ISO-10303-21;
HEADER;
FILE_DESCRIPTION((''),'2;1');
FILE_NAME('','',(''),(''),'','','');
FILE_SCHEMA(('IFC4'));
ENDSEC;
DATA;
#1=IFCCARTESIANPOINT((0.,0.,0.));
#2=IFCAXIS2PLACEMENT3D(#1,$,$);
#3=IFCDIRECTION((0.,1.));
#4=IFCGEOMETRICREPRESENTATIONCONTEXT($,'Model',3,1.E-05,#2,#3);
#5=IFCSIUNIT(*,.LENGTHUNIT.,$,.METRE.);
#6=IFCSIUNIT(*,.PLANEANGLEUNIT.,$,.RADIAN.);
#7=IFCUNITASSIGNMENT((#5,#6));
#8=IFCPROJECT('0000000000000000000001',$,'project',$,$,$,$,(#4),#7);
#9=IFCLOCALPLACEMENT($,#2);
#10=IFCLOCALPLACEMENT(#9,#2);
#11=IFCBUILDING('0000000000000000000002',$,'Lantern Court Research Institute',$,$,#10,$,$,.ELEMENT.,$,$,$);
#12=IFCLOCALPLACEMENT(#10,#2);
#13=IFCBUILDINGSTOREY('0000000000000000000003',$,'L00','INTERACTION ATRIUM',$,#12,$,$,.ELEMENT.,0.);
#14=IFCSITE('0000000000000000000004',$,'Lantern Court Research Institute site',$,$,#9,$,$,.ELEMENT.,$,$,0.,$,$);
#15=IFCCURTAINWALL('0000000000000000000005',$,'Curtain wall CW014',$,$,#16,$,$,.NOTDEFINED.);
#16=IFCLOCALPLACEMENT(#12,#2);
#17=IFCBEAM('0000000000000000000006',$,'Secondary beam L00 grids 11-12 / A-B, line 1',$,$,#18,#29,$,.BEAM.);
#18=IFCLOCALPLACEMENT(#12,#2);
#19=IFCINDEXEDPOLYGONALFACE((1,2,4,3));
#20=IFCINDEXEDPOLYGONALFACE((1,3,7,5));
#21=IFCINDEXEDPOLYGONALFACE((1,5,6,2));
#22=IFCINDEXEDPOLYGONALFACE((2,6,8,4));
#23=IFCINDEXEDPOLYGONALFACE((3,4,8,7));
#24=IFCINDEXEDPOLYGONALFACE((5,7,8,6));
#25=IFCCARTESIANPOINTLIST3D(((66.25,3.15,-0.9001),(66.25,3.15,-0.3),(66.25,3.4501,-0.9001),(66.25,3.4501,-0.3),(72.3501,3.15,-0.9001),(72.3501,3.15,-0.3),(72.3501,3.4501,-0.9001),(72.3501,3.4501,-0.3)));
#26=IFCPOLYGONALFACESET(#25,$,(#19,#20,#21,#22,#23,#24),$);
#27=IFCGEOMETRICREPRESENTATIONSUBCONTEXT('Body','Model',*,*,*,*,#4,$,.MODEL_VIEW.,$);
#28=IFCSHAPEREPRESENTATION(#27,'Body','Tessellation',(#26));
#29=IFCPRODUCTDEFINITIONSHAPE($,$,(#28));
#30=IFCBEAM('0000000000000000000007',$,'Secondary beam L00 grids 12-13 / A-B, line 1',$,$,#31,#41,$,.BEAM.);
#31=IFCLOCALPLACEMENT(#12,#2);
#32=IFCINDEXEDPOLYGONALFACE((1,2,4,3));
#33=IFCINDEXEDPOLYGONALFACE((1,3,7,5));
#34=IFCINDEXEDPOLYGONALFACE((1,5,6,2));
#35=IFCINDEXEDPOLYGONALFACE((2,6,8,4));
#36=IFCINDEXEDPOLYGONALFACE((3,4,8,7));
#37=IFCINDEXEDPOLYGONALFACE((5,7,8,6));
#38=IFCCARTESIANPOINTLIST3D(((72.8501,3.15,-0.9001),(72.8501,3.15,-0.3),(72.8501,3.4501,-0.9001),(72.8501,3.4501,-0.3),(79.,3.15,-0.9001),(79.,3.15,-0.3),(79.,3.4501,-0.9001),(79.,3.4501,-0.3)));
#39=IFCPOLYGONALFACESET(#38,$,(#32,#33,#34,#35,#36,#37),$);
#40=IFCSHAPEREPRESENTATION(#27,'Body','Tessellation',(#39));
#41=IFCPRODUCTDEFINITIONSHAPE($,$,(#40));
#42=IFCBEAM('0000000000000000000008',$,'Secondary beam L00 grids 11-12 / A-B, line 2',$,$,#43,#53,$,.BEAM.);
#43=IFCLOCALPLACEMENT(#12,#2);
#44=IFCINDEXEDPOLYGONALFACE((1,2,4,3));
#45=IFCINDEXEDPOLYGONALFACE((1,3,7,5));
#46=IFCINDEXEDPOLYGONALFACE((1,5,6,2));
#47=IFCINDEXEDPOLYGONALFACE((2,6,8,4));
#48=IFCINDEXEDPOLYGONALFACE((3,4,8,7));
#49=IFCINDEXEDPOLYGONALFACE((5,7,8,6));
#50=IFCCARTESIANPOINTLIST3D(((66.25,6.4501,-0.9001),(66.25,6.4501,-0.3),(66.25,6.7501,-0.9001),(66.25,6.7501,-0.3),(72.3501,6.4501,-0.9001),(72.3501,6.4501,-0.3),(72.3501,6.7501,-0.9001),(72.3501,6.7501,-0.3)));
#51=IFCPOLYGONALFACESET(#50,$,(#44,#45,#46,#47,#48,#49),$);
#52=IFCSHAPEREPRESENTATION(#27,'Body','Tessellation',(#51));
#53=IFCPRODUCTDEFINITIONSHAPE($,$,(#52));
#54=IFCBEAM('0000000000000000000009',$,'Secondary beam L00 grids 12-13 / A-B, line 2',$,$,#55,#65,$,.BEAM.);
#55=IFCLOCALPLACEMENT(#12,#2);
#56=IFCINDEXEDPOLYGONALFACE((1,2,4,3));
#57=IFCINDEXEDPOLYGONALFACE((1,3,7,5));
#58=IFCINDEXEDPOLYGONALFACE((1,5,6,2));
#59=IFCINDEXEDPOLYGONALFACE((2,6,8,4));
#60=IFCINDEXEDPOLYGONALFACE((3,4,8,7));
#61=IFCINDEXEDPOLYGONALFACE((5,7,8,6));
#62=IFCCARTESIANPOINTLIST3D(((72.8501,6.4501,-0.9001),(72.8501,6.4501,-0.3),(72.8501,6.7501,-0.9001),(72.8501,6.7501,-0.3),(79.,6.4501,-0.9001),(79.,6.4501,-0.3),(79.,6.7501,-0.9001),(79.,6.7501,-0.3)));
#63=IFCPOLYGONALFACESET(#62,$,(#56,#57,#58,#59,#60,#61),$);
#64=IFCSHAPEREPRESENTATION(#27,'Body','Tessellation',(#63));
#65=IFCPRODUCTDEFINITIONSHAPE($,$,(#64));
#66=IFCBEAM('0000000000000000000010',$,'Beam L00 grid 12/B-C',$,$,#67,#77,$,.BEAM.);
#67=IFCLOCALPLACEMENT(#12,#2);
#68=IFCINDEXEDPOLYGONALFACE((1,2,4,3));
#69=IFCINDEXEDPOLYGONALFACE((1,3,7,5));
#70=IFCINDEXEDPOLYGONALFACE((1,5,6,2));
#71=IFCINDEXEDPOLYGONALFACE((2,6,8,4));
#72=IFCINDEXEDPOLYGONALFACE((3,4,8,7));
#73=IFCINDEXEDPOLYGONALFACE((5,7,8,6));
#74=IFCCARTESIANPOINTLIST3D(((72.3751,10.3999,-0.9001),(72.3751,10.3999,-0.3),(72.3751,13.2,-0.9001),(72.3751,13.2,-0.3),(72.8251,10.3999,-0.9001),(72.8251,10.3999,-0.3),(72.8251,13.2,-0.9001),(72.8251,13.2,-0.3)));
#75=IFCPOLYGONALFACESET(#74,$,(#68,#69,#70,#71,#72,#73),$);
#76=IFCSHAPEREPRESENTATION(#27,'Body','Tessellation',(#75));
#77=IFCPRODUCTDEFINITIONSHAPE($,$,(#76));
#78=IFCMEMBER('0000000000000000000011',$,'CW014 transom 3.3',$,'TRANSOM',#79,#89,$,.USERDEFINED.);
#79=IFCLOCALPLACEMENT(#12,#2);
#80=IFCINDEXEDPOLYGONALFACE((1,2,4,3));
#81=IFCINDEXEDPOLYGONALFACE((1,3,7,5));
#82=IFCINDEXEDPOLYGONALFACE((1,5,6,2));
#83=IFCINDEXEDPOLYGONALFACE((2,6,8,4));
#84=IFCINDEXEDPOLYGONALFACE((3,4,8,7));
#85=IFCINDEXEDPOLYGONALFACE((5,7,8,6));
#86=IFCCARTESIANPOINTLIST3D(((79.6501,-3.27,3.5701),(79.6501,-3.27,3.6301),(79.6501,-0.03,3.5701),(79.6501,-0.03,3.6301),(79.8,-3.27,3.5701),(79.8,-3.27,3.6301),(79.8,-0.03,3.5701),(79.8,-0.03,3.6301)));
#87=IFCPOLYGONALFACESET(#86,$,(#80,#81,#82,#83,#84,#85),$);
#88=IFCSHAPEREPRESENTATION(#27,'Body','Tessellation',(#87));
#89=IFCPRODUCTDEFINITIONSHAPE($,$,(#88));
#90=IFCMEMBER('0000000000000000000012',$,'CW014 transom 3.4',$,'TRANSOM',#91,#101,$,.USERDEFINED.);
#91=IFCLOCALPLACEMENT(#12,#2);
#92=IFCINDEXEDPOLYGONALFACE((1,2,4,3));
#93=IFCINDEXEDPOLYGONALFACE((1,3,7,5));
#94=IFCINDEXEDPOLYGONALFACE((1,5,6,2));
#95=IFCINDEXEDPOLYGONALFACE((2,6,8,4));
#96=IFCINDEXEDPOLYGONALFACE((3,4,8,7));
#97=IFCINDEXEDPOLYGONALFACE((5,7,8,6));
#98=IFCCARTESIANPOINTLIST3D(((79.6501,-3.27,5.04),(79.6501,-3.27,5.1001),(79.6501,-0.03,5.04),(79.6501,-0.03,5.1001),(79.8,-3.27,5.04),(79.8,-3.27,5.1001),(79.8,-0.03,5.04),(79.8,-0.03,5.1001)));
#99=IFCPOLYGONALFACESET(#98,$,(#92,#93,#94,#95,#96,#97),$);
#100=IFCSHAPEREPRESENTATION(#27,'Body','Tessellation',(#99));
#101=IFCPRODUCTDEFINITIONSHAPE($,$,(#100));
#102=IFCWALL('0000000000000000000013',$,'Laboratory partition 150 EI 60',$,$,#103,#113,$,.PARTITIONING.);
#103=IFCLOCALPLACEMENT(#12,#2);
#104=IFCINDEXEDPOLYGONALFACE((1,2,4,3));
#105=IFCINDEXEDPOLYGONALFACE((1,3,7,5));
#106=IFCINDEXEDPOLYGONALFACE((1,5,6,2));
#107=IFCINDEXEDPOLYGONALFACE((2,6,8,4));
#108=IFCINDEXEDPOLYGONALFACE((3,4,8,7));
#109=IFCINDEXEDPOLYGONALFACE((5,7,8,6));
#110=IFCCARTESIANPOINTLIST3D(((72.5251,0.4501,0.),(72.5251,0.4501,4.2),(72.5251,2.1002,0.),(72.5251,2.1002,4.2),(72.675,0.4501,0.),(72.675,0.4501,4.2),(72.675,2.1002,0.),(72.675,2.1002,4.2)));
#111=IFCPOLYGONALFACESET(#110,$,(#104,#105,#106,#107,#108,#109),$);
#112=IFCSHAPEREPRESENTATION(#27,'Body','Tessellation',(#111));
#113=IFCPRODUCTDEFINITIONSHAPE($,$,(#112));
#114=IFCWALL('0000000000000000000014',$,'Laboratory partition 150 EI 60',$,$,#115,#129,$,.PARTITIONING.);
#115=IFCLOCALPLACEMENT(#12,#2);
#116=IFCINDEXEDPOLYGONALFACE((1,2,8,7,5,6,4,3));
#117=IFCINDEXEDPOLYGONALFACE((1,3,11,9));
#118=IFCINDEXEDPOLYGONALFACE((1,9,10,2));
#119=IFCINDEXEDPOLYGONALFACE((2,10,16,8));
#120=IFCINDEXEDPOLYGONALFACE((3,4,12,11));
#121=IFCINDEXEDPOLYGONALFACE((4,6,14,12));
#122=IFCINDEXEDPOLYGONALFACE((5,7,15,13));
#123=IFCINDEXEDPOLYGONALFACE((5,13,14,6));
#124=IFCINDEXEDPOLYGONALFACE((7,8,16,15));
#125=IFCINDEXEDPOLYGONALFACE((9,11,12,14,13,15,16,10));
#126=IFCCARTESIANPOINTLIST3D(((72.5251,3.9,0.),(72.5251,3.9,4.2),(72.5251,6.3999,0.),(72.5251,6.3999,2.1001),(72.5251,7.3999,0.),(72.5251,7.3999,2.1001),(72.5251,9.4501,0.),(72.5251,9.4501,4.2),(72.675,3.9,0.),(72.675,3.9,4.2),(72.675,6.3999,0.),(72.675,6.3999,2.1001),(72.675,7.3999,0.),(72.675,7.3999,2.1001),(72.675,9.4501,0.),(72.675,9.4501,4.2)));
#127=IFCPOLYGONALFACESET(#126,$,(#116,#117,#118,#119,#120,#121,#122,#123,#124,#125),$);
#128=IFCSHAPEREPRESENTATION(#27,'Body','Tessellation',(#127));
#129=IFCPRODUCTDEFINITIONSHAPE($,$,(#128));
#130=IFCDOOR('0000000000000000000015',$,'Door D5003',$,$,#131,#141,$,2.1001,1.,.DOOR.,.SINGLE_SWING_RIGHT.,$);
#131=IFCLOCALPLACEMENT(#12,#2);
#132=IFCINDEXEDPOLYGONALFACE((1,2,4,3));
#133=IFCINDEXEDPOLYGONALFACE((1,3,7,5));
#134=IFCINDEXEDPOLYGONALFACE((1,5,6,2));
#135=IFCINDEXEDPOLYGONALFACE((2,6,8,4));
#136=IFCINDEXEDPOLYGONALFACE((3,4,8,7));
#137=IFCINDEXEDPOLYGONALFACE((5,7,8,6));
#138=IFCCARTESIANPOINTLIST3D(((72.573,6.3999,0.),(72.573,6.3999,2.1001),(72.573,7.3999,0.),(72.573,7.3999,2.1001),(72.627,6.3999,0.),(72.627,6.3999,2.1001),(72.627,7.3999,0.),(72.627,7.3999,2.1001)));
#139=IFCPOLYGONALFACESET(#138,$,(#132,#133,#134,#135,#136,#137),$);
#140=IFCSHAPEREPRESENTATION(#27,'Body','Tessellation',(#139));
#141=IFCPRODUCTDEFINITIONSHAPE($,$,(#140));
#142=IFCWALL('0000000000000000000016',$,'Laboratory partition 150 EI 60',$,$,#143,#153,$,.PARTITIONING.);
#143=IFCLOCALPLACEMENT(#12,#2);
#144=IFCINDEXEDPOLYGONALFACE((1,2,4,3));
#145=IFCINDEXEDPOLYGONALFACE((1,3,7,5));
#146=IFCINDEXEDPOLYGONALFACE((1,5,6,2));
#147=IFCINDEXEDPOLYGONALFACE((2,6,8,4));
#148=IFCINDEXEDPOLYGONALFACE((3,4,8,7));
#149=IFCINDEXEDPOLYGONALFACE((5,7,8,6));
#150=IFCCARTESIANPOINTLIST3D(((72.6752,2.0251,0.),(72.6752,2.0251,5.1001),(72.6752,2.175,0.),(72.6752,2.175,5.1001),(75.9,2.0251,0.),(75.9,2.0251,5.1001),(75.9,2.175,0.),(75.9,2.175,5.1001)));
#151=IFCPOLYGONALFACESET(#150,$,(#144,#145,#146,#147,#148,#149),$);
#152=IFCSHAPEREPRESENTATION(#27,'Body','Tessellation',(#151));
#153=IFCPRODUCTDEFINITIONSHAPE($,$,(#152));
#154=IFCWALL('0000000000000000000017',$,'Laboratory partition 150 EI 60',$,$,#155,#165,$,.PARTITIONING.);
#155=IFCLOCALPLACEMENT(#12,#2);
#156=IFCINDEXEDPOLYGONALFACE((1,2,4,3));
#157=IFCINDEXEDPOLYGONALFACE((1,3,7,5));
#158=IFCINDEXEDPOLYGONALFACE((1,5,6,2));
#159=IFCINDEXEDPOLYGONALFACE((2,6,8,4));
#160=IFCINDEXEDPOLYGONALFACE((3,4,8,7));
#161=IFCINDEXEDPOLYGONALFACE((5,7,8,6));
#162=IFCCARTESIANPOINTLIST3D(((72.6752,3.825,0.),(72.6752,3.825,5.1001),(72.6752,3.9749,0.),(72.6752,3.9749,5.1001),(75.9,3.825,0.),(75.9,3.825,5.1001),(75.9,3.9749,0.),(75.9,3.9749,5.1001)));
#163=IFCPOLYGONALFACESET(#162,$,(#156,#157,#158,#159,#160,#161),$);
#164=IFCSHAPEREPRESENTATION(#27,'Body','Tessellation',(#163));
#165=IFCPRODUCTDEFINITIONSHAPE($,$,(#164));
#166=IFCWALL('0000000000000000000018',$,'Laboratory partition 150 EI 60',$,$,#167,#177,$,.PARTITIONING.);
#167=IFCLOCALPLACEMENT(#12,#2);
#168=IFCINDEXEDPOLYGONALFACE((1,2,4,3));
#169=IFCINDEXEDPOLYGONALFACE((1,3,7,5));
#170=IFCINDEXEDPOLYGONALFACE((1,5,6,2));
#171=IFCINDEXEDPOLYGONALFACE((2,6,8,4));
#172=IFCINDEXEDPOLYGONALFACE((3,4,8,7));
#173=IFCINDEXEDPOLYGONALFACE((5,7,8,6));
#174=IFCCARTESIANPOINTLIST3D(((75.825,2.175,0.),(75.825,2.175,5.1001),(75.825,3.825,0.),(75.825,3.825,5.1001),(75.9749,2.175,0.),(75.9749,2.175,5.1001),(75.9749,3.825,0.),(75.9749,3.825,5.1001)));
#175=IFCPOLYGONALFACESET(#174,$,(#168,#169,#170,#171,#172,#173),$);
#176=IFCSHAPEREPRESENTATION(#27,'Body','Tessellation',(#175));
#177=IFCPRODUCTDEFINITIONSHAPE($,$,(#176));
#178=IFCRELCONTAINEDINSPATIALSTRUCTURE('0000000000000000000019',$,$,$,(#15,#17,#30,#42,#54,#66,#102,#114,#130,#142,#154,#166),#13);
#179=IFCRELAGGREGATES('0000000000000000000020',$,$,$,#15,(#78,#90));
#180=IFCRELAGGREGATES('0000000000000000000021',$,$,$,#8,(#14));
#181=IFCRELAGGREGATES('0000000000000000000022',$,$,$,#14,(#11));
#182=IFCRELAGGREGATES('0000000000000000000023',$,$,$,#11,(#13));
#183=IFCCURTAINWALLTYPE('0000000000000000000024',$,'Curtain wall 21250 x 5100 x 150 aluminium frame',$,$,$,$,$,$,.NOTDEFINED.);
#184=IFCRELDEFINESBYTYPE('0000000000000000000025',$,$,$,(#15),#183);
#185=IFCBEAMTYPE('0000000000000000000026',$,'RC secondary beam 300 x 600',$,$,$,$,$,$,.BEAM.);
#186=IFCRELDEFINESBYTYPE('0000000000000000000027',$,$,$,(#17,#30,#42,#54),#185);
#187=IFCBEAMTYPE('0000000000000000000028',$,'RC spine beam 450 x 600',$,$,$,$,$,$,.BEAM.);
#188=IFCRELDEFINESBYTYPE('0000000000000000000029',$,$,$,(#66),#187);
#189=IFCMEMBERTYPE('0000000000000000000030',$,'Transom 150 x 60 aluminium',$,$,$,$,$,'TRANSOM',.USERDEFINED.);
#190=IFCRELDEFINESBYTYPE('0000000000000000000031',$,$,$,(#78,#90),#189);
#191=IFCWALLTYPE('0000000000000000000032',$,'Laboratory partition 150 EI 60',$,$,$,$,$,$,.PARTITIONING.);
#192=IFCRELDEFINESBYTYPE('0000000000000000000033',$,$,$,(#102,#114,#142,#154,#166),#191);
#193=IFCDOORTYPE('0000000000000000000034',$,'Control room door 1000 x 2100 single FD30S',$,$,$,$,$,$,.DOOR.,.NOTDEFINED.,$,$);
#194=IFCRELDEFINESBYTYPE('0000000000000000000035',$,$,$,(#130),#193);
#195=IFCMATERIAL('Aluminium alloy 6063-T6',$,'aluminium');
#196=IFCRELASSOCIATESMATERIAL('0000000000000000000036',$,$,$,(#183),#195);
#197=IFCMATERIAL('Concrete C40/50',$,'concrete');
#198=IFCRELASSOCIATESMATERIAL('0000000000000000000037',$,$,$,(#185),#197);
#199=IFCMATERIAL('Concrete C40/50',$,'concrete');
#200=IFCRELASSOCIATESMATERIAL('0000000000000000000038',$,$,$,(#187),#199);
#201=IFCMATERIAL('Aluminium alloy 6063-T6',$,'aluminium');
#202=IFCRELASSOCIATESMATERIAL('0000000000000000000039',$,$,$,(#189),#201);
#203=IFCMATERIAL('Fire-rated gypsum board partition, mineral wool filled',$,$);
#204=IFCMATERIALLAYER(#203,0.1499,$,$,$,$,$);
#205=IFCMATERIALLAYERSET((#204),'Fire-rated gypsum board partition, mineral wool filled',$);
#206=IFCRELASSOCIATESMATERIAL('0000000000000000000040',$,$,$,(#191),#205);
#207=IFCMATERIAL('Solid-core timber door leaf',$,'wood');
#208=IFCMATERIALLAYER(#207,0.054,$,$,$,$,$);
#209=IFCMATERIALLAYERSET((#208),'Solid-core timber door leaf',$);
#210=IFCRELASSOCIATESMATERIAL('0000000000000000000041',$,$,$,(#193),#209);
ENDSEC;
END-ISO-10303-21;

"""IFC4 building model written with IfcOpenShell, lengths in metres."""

from ifc_helpers import new_model, si_unit, direction, frame, frame_2d, origin, origin_2d, place, context, subcontext, project, spatial, rectangle, extrude, material, layer, layer_set, material_profile, profile_set, type_object, element, fill, aggregate, save


model = new_model("IFC4")

# Units and contexts
model_context = context("Model", 3, precision=1e-05, world=origin(), true_north=direction((0.0, 1.0)))
body_context = subcontext(model_context, "Body", "Model", "MODEL_VIEW")
ifc_project = project(units=[si_unit("LENGTHUNIT", "METRE"), si_unit("PLANEANGLEUNIT", "RADIAN")], contexts=[model_context])

# Site, building, storey
site_placement = place(None, origin())
site = spatial("IfcSite", under=ifc_project, at=site_placement, Name="Lantern Court Research Institute site", CompositionType="ELEMENT", RefElevation=0.0)
building_placement = place(site_placement, origin())
building = spatial("IfcBuilding", under=site, at=building_placement, Name="Lantern Court Research Institute", CompositionType="ELEMENT")
storey_placement = place(building_placement, origin())
storey = spatial("IfcBuildingStorey", under=building, at=storey_placement, Name="L00", Description="INTERACTION ATRIUM", CompositionType="ELEMENT", Elevation=0.0)

# Curtain wall
ifc_material_1 = material(Name="Aluminium alloy 6063-T6", Category="aluminium")
curtain_wall_type = type_object("IfcCurtainWallType", Name="Curtain wall 21250 x 5100 x 150 aluminium frame", PredefinedType="NOTDEFINED", material=ifc_material_1)
curtain_wall_placement = place(storey_placement, origin())
curtain_wall = element("IfcCurtainWall", 1, at=curtain_wall_placement, inside=storey, type_object=curtain_wall_type, Name="Curtain wall CW014", PredefinedType="NOTDEFINED")

# Beams
ifc_material_2 = material(Name="Concrete C40/50", Category="concrete")
ifc_material_profile_1 = material_profile(ifc_material_2, rectangle(XDim=0.3, YDim=0.6001, at=origin_2d()), Name="RC beam 300 x 600")
ifc_profile_set_1 = profile_set([ifc_material_profile_1], Name="Concrete C40/50")
beam_type_1 = type_object("IfcBeamType", Name="RC secondary beam 300 x 600", PredefinedType="BEAM", material=ifc_profile_set_1)
beam_1_placement = place(storey_placement, frame((66.25, 3.3, -0.6001), z_axis=(1.0, 0.0, 0.0), x_axis=(0.0, 1.0, 0.0)))
element("IfcBeam", 2, at=beam_1_placement, inside=storey, type_object=beam_type_1, Name="Secondary beam L00 grids 11-12 / A-B, line 1", PredefinedType="BEAM", context=body_context, shape_type="SweptSolid", body=[
    extrude(rectangle(XDim=0.3, YDim=0.6001, at=origin_2d()), origin(), (0.0, 0.0, 1.0), 6.1001),
])
beam_2_placement = place(storey_placement, frame((72.8501, 3.3, -0.6001), z_axis=(1.0, 0.0, 0.0), x_axis=(0.0, 1.0, 0.0)))
element("IfcBeam", 3, at=beam_2_placement, inside=storey, type_object=beam_type_1, Name="Secondary beam L00 grids 12-13 / A-B, line 1", PredefinedType="BEAM", context=body_context, shape_type="SweptSolid", body=[
    extrude(rectangle(XDim=0.3, YDim=0.6001, at=origin_2d()), origin(), (0.0, 0.0, 1.0), 6.1499),
])
beam_3_placement = place(storey_placement, frame((66.25, 6.6001, -0.6001), z_axis=(1.0, 0.0, 0.0), x_axis=(0.0, 1.0, 0.0)))
element("IfcBeam", 4, at=beam_3_placement, inside=storey, type_object=beam_type_1, Name="Secondary beam L00 grids 11-12 / A-B, line 2", PredefinedType="BEAM", context=body_context, shape_type="SweptSolid", body=[
    extrude(rectangle(XDim=0.3, YDim=0.6001, at=origin_2d()), origin(), (0.0, 0.0, 1.0), 6.1001),
])
beam_4_placement = place(storey_placement, frame((72.8501, 6.6001, -0.6001), z_axis=(1.0, 0.0, 0.0), x_axis=(0.0, 1.0, 0.0)))
element("IfcBeam", 5, at=beam_4_placement, inside=storey, type_object=beam_type_1, Name="Secondary beam L00 grids 12-13 / A-B, line 2", PredefinedType="BEAM", context=body_context, shape_type="SweptSolid", body=[
    extrude(rectangle(XDim=0.3, YDim=0.6001, at=origin_2d()), origin(), (0.0, 0.0, 1.0), 6.1499),
])
ifc_material_3 = material(Name="Concrete C40/50", Category="concrete")
ifc_material_profile_2 = material_profile(ifc_material_3, rectangle(XDim=0.45, YDim=0.6001, at=origin_2d()), Name="RC beam 450 x 600")
ifc_profile_set_2 = profile_set([ifc_material_profile_2], Name="Concrete C40/50")
beam_type_2 = type_object("IfcBeamType", Name="RC spine beam 450 x 600", PredefinedType="BEAM", material=ifc_profile_set_2)
beam_5_placement = place(storey_placement, frame((72.6001, 10.3999, -0.6001), z_axis=(0.0, 1.0, 0.0), x_axis=(-1.0, 0.0, 0.0)))
element("IfcBeam", 6, at=beam_5_placement, inside=storey, type_object=beam_type_2, Name="Beam L00 grid 12/B-C", PredefinedType="BEAM", context=body_context, shape_type="SweptSolid", body=[
    extrude(rectangle(XDim=0.45, YDim=0.6001, at=origin_2d()), origin(), (0.0, 0.0, 1.0), 2.8),
])

# Members
ifc_material_4 = material(Name="Aluminium alloy 6063-T6", Category="aluminium")
ifc_material_profile_3 = material_profile(ifc_material_4, rectangle(XDim=0.1499, YDim=0.0601, at=origin_2d()), Name="Transom 150 x 60")
ifc_profile_set_3 = profile_set([ifc_material_profile_3], Name="Aluminium alloy 6063-T6")
member_type_1 = type_object("IfcMemberType", Name="Transom 150 x 60 aluminium", ElementType="TRANSOM", PredefinedType="USERDEFINED", material=ifc_profile_set_3)
member_1_placement = place(storey_placement, frame((79.7251, -0.03, 3.6001), z_axis=(0.0, -1.0, 0.0), x_axis=(1.0, 0.0, 0.0)))
member_1 = element("IfcMember", 7, at=member_1_placement, type_object=member_type_1, Name="CW014 transom 3.3", ObjectType="TRANSOM", PredefinedType="USERDEFINED", context=body_context, shape_type="SweptSolid", body=[
    extrude(rectangle(XDim=0.1499, YDim=0.0601, at=origin_2d()), origin(), (0.0, 0.0, 1.0), 3.24),
])
member_2_placement = place(storey_placement, frame((79.7251, -0.03, 5.0701), z_axis=(0.0, -1.0, 0.0), x_axis=(1.0, 0.0, 0.0)))
member_2 = element("IfcMember", 8, at=member_2_placement, type_object=member_type_1, Name="CW014 transom 3.4", ObjectType="TRANSOM", PredefinedType="USERDEFINED", context=body_context, shape_type="SweptSolid", body=[
    extrude(rectangle(XDim=0.1499, YDim=0.0601, at=origin_2d()), origin(), (0.0, 0.0, 1.0), 3.24),
])
aggregate(curtain_wall, [member_1, member_2])

# Wall
ifc_material_5 = material(Name="Fire-rated gypsum board partition, mineral wool filled")
ifc_layer_1 = layer(ifc_material_5, 0.1499)
ifc_layer_set_1 = layer_set([ifc_layer_1], Name="Fire-rated gypsum board partition, mineral wool filled")
wall_type_1 = type_object("IfcWallType", Name="Laboratory partition 150 EI 60", PredefinedType="PARTITIONING", material=ifc_layer_set_1)
wall_1_placement = place(storey_placement, frame((72.6001, 0.45, 0.0), z_axis=(0.0, 0.0, 1.0), x_axis=(0.0, 1.0, 0.0)))
element("IfcWall", 9, at=wall_1_placement, inside=storey, type_object=wall_type_1, Name="Laboratory partition 150 EI 60", PredefinedType="PARTITIONING", context=body_context, shape_type="SweptSolid", body=[
    extrude(rectangle(XDim=1.6501, YDim=0.1499, at=frame_2d((0.8252, 0.0))), origin(), (0.0, 0.0, 1.0), 4.2),
])

# Wall, opening, door
wall_2_placement = place(storey_placement, frame((72.6001, 9.45, 0.0), z_axis=(0.0, 0.0, 1.0), x_axis=(0.0, -1.0, 0.0)))
wall_2 = element("IfcWall", 10, at=wall_2_placement, inside=storey, type_object=wall_type_1, Name="Laboratory partition 150 EI 60", PredefinedType="PARTITIONING", context=body_context, shape_type="SweptSolid", body=[
    extrude(rectangle(XDim=5.55, YDim=0.1499, at=frame_2d((2.7749, 0.0))), origin(), (0.0, 0.0, 1.0), 4.2),
])
opening_1_placement = place(wall_2_placement, frame((2.05, 0.0, 0.0)))
opening_1 = element("IfcOpeningElement", 11, at=opening_1_placement, cuts=wall_2, PredefinedType="OPENING", context=body_context, shape_type="SweptSolid", body=[
    extrude(rectangle(XDim=1.0, YDim=2.1001, at=frame_2d((0.5, 1.05))), frame((0.0, 0.085, 0.0), z_axis=(0.0, -1.0, 0.0), x_axis=(1.0, 0.0, 0.0)), (0.0, 0.0, 1.0), 0.1699),
])
ifc_material_6 = material(Name="Solid-core timber door leaf", Category="wood")
ifc_layer_2 = layer(ifc_material_6, 0.054)
ifc_layer_set_2 = layer_set([ifc_layer_2], Name="Solid-core timber door leaf")
door_type_1 = type_object("IfcDoorType", Name="Control room door 1000 x 2100 single FD30S", OperationType="NOTDEFINED", PredefinedType="DOOR", material=ifc_layer_set_2)
door_1_placement = place(opening_1_placement, origin())
door_1 = element("IfcDoor", 12, at=door_1_placement, inside=storey, type_object=door_type_1, Name="Door D5003", OperationType="SINGLE_SWING_RIGHT", OverallHeight=2.1001, OverallWidth=1.0, PredefinedType="DOOR", context=body_context, shape_type="SweptSolid", body=[
    extrude(rectangle(XDim=1.0, YDim=2.1001, at=frame_2d((0.5, 1.05))), frame((0.0, 0.0269, 0.0), z_axis=(0.0, -1.0, 0.0), x_axis=(1.0, 0.0, 0.0)), (0.0, 0.0, 1.0), 0.054),
])
fill(opening_1, door_1)

# Walls
for number, where, z_axis, x_axis, name in (
    (13, (75.8999, 2.1001, 0.0), (0.0, 0.0, 1.0), (-1.0, 0.0, 0.0), "Laboratory partition 150 EI 60"),
    (14, (75.8999, 3.8999, 0.0), (0.0, 0.0, 1.0), (-1.0, 0.0, 0.0), "Laboratory partition 150 EI 60"),
):
    element("IfcWall", number, at=place(storey_placement, frame(where, z_axis=z_axis, x_axis=x_axis)), inside=storey, type_object=wall_type_1, Name=name, PredefinedType="PARTITIONING", context=body_context, shape_type="SweptSolid", body=[
        extrude(rectangle(XDim=3.2249, YDim=0.1499, at=frame_2d((1.6123, 0.0))), origin(), (0.0, 0.0, 1.0), 5.1001),
    ])
wall_3_placement = place(storey_placement, frame((75.8999, 2.175, 0.0), z_axis=(0.0, 0.0, 1.0), x_axis=(0.0, 1.0, 0.0)))
element("IfcWall", 15, at=wall_3_placement, inside=storey, type_object=wall_type_1, Name="Laboratory partition 150 EI 60", PredefinedType="PARTITIONING", context=body_context, shape_type="SweptSolid", body=[
    extrude(rectangle(XDim=1.6499, YDim=0.1499, at=frame_2d((0.825, 0.0))), origin(), (0.0, 0.0, 1.0), 5.1001),
])

save(model, "model.ifc")
